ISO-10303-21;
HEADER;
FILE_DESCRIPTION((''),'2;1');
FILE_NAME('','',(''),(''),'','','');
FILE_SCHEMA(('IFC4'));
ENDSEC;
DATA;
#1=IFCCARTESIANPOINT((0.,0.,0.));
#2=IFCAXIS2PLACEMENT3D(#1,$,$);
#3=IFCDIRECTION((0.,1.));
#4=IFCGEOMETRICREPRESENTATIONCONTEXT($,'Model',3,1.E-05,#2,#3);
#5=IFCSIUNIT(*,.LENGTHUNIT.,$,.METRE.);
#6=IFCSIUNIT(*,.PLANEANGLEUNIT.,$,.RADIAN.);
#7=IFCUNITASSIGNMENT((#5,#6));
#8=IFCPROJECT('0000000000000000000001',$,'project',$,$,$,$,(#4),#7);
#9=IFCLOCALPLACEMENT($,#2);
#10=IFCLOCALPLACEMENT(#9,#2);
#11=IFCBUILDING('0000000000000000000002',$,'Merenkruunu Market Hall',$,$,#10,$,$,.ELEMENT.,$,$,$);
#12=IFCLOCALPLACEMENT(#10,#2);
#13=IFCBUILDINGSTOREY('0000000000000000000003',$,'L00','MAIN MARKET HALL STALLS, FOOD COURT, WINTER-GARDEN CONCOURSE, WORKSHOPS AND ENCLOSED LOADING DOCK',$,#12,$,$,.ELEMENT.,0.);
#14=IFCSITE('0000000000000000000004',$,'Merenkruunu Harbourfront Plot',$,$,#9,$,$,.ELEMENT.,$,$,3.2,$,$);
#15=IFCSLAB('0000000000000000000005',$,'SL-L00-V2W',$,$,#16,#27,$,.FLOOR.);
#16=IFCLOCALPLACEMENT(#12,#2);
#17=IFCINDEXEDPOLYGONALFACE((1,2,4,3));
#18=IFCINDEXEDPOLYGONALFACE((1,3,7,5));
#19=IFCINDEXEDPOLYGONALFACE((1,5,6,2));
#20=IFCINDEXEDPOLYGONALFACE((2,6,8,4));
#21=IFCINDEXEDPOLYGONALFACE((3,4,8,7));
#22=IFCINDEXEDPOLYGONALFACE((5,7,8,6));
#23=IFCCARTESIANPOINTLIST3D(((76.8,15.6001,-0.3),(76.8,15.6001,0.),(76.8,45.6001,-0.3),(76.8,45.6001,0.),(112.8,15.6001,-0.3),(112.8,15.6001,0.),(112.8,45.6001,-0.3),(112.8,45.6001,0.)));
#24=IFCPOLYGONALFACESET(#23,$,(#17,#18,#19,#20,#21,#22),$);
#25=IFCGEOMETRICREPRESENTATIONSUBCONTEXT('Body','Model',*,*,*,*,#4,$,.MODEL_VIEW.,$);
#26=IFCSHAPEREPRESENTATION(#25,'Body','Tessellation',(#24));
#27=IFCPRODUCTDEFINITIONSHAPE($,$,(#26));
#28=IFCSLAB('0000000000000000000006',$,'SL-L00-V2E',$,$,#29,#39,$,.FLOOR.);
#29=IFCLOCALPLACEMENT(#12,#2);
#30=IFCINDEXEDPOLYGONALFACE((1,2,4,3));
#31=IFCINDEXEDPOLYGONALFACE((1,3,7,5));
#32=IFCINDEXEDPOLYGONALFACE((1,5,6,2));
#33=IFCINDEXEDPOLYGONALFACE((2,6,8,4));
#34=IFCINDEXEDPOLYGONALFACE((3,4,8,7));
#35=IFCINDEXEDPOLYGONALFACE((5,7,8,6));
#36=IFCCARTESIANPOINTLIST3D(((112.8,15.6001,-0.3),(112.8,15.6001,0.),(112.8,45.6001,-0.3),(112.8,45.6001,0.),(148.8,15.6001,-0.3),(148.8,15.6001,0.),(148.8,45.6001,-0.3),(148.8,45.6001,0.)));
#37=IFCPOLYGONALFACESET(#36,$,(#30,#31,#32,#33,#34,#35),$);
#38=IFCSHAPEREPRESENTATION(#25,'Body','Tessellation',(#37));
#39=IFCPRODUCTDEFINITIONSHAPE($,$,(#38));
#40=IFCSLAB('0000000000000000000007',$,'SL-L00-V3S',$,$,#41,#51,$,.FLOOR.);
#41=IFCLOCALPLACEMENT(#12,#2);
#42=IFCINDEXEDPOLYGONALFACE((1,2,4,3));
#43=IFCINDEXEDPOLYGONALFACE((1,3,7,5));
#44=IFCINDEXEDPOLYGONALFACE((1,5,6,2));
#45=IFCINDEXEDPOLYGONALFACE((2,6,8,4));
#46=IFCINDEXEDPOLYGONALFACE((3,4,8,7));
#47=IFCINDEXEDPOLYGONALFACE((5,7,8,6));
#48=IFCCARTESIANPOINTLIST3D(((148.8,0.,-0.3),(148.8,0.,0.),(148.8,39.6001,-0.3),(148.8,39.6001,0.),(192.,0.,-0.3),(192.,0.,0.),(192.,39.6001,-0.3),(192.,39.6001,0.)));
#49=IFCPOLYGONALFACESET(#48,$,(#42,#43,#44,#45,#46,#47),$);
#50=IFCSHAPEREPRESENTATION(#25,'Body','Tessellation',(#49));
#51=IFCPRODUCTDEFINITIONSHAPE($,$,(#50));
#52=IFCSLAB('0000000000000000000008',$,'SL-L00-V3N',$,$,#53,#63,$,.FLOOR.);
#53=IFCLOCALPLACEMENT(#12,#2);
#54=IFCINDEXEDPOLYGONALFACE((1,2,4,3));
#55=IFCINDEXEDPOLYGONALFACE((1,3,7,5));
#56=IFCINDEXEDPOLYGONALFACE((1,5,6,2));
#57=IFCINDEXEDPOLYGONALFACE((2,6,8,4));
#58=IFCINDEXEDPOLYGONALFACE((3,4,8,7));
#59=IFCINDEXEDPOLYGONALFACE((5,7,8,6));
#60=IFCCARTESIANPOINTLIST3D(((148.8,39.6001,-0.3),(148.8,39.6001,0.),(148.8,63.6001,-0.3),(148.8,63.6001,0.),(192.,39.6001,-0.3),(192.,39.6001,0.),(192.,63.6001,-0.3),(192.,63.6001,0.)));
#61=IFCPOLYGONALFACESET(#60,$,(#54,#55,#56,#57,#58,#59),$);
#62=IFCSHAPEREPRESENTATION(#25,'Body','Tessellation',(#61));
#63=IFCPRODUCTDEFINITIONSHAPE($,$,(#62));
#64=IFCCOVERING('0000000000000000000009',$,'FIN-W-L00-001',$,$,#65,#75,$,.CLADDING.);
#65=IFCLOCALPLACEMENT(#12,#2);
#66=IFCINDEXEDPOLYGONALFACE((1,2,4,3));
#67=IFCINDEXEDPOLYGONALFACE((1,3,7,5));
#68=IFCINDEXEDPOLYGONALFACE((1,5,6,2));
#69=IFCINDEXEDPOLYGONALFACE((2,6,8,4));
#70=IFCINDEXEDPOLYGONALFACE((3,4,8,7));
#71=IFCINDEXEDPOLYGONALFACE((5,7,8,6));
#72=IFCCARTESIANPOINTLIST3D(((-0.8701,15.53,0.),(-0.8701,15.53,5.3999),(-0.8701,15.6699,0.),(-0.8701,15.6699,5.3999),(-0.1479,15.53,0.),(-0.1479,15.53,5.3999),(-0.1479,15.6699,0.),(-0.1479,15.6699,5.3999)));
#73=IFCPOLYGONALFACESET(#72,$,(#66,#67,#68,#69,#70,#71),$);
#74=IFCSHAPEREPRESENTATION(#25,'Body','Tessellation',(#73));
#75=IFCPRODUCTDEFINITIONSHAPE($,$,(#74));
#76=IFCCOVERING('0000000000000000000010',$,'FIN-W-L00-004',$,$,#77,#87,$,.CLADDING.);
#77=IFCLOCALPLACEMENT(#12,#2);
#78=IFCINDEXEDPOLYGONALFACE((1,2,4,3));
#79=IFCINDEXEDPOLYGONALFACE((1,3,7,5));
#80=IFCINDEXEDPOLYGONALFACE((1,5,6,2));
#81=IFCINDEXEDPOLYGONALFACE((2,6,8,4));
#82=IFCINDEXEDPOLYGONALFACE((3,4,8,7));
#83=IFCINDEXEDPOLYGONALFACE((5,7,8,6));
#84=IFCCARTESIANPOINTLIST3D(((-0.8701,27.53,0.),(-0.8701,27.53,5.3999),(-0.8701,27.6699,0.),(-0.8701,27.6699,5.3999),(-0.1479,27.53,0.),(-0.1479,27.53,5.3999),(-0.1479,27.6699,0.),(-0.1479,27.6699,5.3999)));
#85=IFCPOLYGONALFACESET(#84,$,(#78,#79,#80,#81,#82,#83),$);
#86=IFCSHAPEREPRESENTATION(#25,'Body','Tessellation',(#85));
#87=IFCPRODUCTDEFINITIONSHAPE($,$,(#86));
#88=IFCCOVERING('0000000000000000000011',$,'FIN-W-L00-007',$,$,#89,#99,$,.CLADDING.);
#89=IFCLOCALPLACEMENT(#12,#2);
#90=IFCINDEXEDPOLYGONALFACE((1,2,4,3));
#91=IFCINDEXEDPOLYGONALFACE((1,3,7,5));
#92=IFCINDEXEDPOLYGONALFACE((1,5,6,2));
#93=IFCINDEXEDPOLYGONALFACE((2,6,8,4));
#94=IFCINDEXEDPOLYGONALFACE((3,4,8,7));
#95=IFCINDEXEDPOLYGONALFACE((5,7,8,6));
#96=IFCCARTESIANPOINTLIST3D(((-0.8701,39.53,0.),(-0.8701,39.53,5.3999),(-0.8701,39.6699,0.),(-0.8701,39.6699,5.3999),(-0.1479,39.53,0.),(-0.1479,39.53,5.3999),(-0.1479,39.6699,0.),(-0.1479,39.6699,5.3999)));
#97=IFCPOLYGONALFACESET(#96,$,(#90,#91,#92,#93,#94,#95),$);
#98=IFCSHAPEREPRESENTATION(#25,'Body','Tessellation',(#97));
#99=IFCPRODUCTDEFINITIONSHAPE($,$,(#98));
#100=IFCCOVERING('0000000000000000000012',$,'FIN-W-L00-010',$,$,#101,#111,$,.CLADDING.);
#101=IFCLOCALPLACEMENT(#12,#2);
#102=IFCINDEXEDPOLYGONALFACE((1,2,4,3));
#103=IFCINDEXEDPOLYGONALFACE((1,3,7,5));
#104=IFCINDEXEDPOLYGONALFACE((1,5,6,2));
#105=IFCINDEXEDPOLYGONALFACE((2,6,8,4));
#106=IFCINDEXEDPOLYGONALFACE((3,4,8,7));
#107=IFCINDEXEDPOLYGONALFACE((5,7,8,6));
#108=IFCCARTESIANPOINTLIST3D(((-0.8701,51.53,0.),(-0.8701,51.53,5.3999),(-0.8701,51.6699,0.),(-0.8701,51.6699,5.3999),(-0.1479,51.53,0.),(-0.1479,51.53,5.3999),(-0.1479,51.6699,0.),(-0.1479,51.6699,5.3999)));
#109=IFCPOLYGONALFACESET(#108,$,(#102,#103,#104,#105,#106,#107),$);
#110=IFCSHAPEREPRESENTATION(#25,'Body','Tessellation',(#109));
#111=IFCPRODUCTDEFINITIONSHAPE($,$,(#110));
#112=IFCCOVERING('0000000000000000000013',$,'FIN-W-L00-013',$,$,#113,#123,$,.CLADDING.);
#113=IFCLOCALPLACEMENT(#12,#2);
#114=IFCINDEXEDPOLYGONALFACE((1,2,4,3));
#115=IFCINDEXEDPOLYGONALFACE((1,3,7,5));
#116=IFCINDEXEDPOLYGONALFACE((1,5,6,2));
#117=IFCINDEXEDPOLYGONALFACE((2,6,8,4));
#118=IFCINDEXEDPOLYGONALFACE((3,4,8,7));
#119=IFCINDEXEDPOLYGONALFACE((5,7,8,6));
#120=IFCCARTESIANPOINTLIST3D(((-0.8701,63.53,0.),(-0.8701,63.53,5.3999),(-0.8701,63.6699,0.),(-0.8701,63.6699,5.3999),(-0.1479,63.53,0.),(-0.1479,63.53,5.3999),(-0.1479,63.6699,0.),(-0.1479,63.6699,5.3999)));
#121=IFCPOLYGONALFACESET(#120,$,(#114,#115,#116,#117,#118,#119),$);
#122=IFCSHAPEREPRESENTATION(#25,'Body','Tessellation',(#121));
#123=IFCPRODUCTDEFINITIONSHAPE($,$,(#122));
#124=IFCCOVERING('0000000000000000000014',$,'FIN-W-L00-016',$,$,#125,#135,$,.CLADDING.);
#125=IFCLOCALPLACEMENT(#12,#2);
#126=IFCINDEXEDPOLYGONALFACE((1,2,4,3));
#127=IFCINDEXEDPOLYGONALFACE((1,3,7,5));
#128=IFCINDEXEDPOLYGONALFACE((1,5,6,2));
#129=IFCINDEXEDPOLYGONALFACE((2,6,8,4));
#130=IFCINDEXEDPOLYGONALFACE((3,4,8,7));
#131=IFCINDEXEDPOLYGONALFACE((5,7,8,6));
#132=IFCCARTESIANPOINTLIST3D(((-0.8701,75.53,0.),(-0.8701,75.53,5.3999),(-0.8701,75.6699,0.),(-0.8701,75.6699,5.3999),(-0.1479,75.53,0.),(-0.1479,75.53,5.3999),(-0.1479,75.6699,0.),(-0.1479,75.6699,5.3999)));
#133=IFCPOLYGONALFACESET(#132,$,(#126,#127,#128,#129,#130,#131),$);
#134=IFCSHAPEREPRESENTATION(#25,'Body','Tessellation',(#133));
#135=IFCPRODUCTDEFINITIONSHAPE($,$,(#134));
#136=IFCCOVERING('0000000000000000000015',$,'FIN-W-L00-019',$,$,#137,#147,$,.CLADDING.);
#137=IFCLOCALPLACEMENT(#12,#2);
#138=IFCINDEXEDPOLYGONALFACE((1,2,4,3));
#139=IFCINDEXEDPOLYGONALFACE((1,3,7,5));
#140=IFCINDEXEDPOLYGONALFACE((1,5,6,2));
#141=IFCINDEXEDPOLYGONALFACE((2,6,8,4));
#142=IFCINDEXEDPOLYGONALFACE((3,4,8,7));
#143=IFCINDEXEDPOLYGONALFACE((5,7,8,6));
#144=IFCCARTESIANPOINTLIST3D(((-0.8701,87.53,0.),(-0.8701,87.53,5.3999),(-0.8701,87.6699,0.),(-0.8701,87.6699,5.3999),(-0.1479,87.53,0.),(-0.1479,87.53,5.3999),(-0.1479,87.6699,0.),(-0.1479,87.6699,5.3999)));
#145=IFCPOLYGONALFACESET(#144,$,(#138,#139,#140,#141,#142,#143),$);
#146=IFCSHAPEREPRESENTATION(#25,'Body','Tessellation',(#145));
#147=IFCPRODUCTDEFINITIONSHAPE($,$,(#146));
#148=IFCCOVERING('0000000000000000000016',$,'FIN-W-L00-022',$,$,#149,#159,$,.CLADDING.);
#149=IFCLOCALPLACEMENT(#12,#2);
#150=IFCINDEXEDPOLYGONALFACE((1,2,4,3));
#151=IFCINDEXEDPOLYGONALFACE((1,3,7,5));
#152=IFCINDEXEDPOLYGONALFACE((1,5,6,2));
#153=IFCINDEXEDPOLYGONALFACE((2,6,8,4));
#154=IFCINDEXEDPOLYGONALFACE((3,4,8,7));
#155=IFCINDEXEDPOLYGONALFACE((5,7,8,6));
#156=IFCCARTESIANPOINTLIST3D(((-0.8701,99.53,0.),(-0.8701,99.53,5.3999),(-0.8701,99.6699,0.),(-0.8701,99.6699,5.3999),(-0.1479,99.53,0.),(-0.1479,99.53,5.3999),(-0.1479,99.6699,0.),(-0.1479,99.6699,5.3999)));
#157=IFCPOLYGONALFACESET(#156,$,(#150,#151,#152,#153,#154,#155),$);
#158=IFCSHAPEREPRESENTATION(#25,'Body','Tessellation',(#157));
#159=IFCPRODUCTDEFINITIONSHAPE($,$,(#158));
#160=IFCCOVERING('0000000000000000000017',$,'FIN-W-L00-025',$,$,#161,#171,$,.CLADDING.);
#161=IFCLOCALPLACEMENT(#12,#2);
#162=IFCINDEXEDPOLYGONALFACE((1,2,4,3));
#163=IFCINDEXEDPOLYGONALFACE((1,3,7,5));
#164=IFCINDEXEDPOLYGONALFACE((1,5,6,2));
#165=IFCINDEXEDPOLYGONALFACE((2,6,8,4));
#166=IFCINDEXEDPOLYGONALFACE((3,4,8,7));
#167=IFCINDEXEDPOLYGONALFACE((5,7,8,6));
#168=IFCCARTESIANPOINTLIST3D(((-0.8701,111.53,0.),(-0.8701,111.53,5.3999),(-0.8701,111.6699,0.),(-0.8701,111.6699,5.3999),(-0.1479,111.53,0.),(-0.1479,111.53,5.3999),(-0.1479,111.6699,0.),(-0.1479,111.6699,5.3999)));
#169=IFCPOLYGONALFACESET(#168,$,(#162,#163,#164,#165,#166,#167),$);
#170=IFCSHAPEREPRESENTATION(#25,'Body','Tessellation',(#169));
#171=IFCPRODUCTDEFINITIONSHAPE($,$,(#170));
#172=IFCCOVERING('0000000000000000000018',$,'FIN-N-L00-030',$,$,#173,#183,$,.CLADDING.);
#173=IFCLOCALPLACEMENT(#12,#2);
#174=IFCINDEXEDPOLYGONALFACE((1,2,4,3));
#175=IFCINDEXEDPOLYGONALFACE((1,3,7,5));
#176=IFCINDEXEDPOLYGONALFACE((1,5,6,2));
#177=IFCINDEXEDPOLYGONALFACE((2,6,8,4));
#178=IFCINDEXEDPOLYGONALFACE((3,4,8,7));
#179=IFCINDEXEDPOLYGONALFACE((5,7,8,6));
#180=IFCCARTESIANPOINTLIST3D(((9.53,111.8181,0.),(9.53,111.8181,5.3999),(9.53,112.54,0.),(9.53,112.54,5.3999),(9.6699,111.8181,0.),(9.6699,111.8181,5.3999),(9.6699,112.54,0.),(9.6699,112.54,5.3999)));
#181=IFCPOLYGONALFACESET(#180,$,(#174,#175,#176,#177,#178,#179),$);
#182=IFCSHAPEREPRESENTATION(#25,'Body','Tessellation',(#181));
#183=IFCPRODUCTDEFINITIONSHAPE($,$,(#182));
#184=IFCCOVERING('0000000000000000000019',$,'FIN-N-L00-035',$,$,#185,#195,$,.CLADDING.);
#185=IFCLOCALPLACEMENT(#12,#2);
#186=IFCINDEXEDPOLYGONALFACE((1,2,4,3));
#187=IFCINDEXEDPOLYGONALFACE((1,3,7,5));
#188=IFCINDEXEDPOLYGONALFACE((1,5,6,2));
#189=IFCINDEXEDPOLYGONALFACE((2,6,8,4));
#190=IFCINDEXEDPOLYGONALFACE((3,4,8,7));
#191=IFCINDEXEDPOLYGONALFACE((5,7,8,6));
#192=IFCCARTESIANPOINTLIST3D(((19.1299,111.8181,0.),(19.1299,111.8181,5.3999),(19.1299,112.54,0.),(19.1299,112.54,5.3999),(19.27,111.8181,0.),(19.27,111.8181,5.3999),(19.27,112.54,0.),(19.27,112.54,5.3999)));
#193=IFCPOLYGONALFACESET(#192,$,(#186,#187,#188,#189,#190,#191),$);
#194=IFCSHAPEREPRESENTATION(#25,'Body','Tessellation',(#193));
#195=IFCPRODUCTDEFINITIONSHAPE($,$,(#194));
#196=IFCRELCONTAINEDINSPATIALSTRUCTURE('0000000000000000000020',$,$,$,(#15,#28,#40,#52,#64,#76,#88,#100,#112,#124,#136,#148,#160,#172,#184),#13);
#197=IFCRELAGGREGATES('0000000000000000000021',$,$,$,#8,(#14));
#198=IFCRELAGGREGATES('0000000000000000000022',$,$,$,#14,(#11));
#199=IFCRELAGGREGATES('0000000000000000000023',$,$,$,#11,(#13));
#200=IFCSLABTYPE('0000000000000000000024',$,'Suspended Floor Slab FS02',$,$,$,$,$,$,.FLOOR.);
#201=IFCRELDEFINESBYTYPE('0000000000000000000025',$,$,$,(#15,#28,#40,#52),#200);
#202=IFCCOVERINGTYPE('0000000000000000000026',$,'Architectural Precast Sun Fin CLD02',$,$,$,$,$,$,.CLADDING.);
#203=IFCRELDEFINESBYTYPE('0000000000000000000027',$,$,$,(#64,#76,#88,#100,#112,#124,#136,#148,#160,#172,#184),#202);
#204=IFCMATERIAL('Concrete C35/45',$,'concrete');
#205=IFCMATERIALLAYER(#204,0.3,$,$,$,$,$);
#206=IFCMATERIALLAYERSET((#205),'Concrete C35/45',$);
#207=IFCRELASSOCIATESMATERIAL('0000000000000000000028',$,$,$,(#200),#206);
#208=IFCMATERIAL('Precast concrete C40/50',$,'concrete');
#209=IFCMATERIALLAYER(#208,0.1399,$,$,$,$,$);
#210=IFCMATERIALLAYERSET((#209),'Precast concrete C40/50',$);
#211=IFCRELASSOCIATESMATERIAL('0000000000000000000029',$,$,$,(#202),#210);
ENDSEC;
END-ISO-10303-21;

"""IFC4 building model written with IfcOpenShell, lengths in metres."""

from ifc_helpers import new_model, si_unit, direction, frame, origin, place, context, subcontext, project, spatial, polyline, outline, extrude, material, layer, layer_set, type_object, element, save


model = new_model("IFC4")

# Units and contexts
model_context = context("Model", 3, precision=1e-05, world=origin(), true_north=direction((0.0, 1.0)))
body_context = subcontext(model_context, "Body", "Model", "MODEL_VIEW")
ifc_project = project(units=[si_unit("LENGTHUNIT", "METRE"), si_unit("PLANEANGLEUNIT", "RADIAN")], contexts=[model_context])

# Site, building, storey
site_placement = place(None, origin())
site = spatial("IfcSite", under=ifc_project, at=site_placement, Name="Merenkruunu Harbourfront Plot", CompositionType="ELEMENT", RefElevation=3.2)
building_placement = place(site_placement, origin())
building = spatial("IfcBuilding", under=site, at=building_placement, Name="Merenkruunu Market Hall", CompositionType="ELEMENT")
storey_placement = place(building_placement, origin())
storey = spatial("IfcBuildingStorey", under=building, at=storey_placement, Name="L00", Description="MAIN MARKET HALL STALLS, FOOD COURT, WINTER-GARDEN CONCOURSE, WORKSHOPS AND ENCLOSED LOADING DOCK", CompositionType="ELEMENT", Elevation=0.0)

# Slabs
ifc_material_1 = material(Name="Concrete C35/45", Category="concrete")
ifc_layer_1 = layer(ifc_material_1, 0.3)
ifc_layer_set_1 = layer_set([ifc_layer_1], Name="Concrete C35/45")
slab_type_1 = type_object("IfcSlabType", Name="Suspended Floor Slab FS02", PredefinedType="FLOOR", material=ifc_layer_set_1)
slab_1_placement = place(storey_placement, frame((0.0, 0.0, -0.3)))
element("IfcSlab", 1, at=slab_1_placement, inside=storey, type_object=slab_type_1, Name="SL-L00-V2W", PredefinedType="FLOOR", context=body_context, shape_type="SweptSolid", body=[
    extrude(outline(polyline([(76.8, 15.6001), (112.8, 15.6001), (112.8, 45.6001), (76.8, 45.6001), (76.8, 15.6001)])), origin(), (0.0, 0.0, 1.0), 0.3),
])
slab_2_placement = place(storey_placement, frame((0.0, 0.0, -0.3)))
element("IfcSlab", 2, at=slab_2_placement, inside=storey, type_object=slab_type_1, Name="SL-L00-V2E", PredefinedType="FLOOR", context=body_context, shape_type="SweptSolid", body=[
    extrude(outline(polyline([(112.8, 15.6001), (148.8, 15.6001), (148.8, 45.6001), (112.8, 45.6001), (112.8, 15.6001)])), origin(), (0.0, 0.0, 1.0), 0.3),
])
slab_3_placement = place(storey_placement, frame((0.0, 0.0, -0.3)))
element("IfcSlab", 3, at=slab_3_placement, inside=storey, type_object=slab_type_1, Name="SL-L00-V3S", PredefinedType="FLOOR", context=body_context, shape_type="SweptSolid", body=[
    extrude(outline(polyline([(148.8, 0.0), (192.0, 0.0), (192.0, 39.6001), (148.8, 39.6001), (148.8, 0.0)])), origin(), (0.0, 0.0, 1.0), 0.3),
])
slab_4_placement = place(storey_placement, frame((0.0, 0.0, -0.3)))
element("IfcSlab", 4, at=slab_4_placement, inside=storey, type_object=slab_type_1, Name="SL-L00-V3N", PredefinedType="FLOOR", context=body_context, shape_type="SweptSolid", body=[
    extrude(outline(polyline([(148.8, 39.6001), (192.0, 39.6001), (192.0, 63.6001), (148.8, 63.6001), (148.8, 39.6001)])), origin(), (0.0, 0.0, 1.0), 0.3),
])

# Coverings
ifc_material_2 = material(Name="Precast concrete C40/50", Category="concrete")
ifc_layer_2 = layer(ifc_material_2, 0.1399)
ifc_layer_set_2 = layer_set([ifc_layer_2], Name="Precast concrete C40/50")
covering_type_1 = type_object("IfcCoveringType", Name="Architectural Precast Sun Fin CLD02", PredefinedType="CLADDING", material=ifc_layer_set_2)
covering_1_placement = place(storey_placement, origin())
element("IfcCovering", 5, at=covering_1_placement, inside=storey, type_object=covering_type_1, Name="FIN-W-L00-001", PredefinedType="CLADDING", context=body_context, shape_type="SweptSolid", body=[
    extrude(outline(polyline([(-0.8701, 15.53), (-0.1479, 15.53), (-0.1479, 15.6699), (-0.8701, 15.6699), (-0.8701, 15.53)])), origin(), (0.0, 0.0, 1.0), 5.3999),
])
covering_2_placement = place(storey_placement, origin())
element("IfcCovering", 6, at=covering_2_placement, inside=storey, type_object=covering_type_1, Name="FIN-W-L00-004", PredefinedType="CLADDING", context=body_context, shape_type="SweptSolid", body=[
    extrude(outline(polyline([(-0.8701, 27.53), (-0.1479, 27.53), (-0.1479, 27.6699), (-0.8701, 27.6699), (-0.8701, 27.53)])), origin(), (0.0, 0.0, 1.0), 5.3999),
])
covering_3_placement = place(storey_placement, origin())
element("IfcCovering", 7, at=covering_3_placement, inside=storey, type_object=covering_type_1, Name="FIN-W-L00-007", PredefinedType="CLADDING", context=body_context, shape_type="SweptSolid", body=[
    extrude(outline(polyline([(-0.8701, 39.53), (-0.1479, 39.53), (-0.1479, 39.6699), (-0.8701, 39.6699), (-0.8701, 39.53)])), origin(), (0.0, 0.0, 1.0), 5.3999),
])
covering_4_placement = place(storey_placement, origin())
element("IfcCovering", 8, at=covering_4_placement, inside=storey, type_object=covering_type_1, Name="FIN-W-L00-010", PredefinedType="CLADDING", context=body_context, shape_type="SweptSolid", body=[
    extrude(outline(polyline([(-0.8701, 51.53), (-0.1479, 51.53), (-0.1479, 51.6699), (-0.8701, 51.6699), (-0.8701, 51.53)])), origin(), (0.0, 0.0, 1.0), 5.3999),
])
covering_5_placement = place(storey_placement, origin())
element("IfcCovering", 9, at=covering_5_placement, inside=storey, type_object=covering_type_1, Name="FIN-W-L00-013", PredefinedType="CLADDING", context=body_context, shape_type="SweptSolid", body=[
    extrude(outline(polyline([(-0.8701, 63.53), (-0.1479, 63.53), (-0.1479, 63.6699), (-0.8701, 63.6699), (-0.8701, 63.53)])), origin(), (0.0, 0.0, 1.0), 5.3999),
])
covering_6_placement = place(storey_placement, origin())
element("IfcCovering", 10, at=covering_6_placement, inside=storey, type_object=covering_type_1, Name="FIN-W-L00-016", PredefinedType="CLADDING", context=body_context, shape_type="SweptSolid", body=[
    extrude(outline(polyline([(-0.8701, 75.53), (-0.1479, 75.53), (-0.1479, 75.6699), (-0.8701, 75.6699), (-0.8701, 75.53)])), origin(), (0.0, 0.0, 1.0), 5.3999),
])
covering_7_placement = place(storey_placement, origin())
element("IfcCovering", 11, at=covering_7_placement, inside=storey, type_object=covering_type_1, Name="FIN-W-L00-019", PredefinedType="CLADDING", context=body_context, shape_type="SweptSolid", body=[
    extrude(outline(polyline([(-0.8701, 87.53), (-0.1479, 87.53), (-0.1479, 87.6699), (-0.8701, 87.6699), (-0.8701, 87.53)])), origin(), (0.0, 0.0, 1.0), 5.3999),
])
covering_8_placement = place(storey_placement, origin())
element("IfcCovering", 12, at=covering_8_placement, inside=storey, type_object=covering_type_1, Name="FIN-W-L00-022", PredefinedType="CLADDING", context=body_context, shape_type="SweptSolid", body=[
    extrude(outline(polyline([(-0.8701, 99.53), (-0.1479, 99.53), (-0.1479, 99.6699), (-0.8701, 99.6699), (-0.8701, 99.53)])), origin(), (0.0, 0.0, 1.0), 5.3999),
])
covering_9_placement = place(storey_placement, origin())
element("IfcCovering", 13, at=covering_9_placement, inside=storey, type_object=covering_type_1, Name="FIN-W-L00-025", PredefinedType="CLADDING", context=body_context, shape_type="SweptSolid", body=[
    extrude(outline(polyline([(-0.8701, 111.53), (-0.1479, 111.53), (-0.1479, 111.6699), (-0.8701, 111.6699), (-0.8701, 111.53)])), origin(), (0.0, 0.0, 1.0), 5.3999),
])
covering_10_placement = place(storey_placement, origin())
element("IfcCovering", 14, at=covering_10_placement, inside=storey, type_object=covering_type_1, Name="FIN-N-L00-030", PredefinedType="CLADDING", context=body_context, shape_type="SweptSolid", body=[
    extrude(outline(polyline([(9.53, 111.8181), (9.6699, 111.8181), (9.6699, 112.54), (9.53, 112.54), (9.53, 111.8181)])), origin(), (0.0, 0.0, 1.0), 5.3999),
])
covering_11_placement = place(storey_placement, origin())
element("IfcCovering", 15, at=covering_11_placement, inside=storey, type_object=covering_type_1, Name="FIN-N-L00-035", PredefinedType="CLADDING", context=body_context, shape_type="SweptSolid", body=[
    extrude(outline(polyline([(19.1299, 111.8181), (19.27, 111.8181), (19.27, 112.54), (19.1299, 112.54), (19.1299, 111.8181)])), origin(), (0.0, 0.0, 1.0), 5.3999),
])

save(model, "model.ifc")
